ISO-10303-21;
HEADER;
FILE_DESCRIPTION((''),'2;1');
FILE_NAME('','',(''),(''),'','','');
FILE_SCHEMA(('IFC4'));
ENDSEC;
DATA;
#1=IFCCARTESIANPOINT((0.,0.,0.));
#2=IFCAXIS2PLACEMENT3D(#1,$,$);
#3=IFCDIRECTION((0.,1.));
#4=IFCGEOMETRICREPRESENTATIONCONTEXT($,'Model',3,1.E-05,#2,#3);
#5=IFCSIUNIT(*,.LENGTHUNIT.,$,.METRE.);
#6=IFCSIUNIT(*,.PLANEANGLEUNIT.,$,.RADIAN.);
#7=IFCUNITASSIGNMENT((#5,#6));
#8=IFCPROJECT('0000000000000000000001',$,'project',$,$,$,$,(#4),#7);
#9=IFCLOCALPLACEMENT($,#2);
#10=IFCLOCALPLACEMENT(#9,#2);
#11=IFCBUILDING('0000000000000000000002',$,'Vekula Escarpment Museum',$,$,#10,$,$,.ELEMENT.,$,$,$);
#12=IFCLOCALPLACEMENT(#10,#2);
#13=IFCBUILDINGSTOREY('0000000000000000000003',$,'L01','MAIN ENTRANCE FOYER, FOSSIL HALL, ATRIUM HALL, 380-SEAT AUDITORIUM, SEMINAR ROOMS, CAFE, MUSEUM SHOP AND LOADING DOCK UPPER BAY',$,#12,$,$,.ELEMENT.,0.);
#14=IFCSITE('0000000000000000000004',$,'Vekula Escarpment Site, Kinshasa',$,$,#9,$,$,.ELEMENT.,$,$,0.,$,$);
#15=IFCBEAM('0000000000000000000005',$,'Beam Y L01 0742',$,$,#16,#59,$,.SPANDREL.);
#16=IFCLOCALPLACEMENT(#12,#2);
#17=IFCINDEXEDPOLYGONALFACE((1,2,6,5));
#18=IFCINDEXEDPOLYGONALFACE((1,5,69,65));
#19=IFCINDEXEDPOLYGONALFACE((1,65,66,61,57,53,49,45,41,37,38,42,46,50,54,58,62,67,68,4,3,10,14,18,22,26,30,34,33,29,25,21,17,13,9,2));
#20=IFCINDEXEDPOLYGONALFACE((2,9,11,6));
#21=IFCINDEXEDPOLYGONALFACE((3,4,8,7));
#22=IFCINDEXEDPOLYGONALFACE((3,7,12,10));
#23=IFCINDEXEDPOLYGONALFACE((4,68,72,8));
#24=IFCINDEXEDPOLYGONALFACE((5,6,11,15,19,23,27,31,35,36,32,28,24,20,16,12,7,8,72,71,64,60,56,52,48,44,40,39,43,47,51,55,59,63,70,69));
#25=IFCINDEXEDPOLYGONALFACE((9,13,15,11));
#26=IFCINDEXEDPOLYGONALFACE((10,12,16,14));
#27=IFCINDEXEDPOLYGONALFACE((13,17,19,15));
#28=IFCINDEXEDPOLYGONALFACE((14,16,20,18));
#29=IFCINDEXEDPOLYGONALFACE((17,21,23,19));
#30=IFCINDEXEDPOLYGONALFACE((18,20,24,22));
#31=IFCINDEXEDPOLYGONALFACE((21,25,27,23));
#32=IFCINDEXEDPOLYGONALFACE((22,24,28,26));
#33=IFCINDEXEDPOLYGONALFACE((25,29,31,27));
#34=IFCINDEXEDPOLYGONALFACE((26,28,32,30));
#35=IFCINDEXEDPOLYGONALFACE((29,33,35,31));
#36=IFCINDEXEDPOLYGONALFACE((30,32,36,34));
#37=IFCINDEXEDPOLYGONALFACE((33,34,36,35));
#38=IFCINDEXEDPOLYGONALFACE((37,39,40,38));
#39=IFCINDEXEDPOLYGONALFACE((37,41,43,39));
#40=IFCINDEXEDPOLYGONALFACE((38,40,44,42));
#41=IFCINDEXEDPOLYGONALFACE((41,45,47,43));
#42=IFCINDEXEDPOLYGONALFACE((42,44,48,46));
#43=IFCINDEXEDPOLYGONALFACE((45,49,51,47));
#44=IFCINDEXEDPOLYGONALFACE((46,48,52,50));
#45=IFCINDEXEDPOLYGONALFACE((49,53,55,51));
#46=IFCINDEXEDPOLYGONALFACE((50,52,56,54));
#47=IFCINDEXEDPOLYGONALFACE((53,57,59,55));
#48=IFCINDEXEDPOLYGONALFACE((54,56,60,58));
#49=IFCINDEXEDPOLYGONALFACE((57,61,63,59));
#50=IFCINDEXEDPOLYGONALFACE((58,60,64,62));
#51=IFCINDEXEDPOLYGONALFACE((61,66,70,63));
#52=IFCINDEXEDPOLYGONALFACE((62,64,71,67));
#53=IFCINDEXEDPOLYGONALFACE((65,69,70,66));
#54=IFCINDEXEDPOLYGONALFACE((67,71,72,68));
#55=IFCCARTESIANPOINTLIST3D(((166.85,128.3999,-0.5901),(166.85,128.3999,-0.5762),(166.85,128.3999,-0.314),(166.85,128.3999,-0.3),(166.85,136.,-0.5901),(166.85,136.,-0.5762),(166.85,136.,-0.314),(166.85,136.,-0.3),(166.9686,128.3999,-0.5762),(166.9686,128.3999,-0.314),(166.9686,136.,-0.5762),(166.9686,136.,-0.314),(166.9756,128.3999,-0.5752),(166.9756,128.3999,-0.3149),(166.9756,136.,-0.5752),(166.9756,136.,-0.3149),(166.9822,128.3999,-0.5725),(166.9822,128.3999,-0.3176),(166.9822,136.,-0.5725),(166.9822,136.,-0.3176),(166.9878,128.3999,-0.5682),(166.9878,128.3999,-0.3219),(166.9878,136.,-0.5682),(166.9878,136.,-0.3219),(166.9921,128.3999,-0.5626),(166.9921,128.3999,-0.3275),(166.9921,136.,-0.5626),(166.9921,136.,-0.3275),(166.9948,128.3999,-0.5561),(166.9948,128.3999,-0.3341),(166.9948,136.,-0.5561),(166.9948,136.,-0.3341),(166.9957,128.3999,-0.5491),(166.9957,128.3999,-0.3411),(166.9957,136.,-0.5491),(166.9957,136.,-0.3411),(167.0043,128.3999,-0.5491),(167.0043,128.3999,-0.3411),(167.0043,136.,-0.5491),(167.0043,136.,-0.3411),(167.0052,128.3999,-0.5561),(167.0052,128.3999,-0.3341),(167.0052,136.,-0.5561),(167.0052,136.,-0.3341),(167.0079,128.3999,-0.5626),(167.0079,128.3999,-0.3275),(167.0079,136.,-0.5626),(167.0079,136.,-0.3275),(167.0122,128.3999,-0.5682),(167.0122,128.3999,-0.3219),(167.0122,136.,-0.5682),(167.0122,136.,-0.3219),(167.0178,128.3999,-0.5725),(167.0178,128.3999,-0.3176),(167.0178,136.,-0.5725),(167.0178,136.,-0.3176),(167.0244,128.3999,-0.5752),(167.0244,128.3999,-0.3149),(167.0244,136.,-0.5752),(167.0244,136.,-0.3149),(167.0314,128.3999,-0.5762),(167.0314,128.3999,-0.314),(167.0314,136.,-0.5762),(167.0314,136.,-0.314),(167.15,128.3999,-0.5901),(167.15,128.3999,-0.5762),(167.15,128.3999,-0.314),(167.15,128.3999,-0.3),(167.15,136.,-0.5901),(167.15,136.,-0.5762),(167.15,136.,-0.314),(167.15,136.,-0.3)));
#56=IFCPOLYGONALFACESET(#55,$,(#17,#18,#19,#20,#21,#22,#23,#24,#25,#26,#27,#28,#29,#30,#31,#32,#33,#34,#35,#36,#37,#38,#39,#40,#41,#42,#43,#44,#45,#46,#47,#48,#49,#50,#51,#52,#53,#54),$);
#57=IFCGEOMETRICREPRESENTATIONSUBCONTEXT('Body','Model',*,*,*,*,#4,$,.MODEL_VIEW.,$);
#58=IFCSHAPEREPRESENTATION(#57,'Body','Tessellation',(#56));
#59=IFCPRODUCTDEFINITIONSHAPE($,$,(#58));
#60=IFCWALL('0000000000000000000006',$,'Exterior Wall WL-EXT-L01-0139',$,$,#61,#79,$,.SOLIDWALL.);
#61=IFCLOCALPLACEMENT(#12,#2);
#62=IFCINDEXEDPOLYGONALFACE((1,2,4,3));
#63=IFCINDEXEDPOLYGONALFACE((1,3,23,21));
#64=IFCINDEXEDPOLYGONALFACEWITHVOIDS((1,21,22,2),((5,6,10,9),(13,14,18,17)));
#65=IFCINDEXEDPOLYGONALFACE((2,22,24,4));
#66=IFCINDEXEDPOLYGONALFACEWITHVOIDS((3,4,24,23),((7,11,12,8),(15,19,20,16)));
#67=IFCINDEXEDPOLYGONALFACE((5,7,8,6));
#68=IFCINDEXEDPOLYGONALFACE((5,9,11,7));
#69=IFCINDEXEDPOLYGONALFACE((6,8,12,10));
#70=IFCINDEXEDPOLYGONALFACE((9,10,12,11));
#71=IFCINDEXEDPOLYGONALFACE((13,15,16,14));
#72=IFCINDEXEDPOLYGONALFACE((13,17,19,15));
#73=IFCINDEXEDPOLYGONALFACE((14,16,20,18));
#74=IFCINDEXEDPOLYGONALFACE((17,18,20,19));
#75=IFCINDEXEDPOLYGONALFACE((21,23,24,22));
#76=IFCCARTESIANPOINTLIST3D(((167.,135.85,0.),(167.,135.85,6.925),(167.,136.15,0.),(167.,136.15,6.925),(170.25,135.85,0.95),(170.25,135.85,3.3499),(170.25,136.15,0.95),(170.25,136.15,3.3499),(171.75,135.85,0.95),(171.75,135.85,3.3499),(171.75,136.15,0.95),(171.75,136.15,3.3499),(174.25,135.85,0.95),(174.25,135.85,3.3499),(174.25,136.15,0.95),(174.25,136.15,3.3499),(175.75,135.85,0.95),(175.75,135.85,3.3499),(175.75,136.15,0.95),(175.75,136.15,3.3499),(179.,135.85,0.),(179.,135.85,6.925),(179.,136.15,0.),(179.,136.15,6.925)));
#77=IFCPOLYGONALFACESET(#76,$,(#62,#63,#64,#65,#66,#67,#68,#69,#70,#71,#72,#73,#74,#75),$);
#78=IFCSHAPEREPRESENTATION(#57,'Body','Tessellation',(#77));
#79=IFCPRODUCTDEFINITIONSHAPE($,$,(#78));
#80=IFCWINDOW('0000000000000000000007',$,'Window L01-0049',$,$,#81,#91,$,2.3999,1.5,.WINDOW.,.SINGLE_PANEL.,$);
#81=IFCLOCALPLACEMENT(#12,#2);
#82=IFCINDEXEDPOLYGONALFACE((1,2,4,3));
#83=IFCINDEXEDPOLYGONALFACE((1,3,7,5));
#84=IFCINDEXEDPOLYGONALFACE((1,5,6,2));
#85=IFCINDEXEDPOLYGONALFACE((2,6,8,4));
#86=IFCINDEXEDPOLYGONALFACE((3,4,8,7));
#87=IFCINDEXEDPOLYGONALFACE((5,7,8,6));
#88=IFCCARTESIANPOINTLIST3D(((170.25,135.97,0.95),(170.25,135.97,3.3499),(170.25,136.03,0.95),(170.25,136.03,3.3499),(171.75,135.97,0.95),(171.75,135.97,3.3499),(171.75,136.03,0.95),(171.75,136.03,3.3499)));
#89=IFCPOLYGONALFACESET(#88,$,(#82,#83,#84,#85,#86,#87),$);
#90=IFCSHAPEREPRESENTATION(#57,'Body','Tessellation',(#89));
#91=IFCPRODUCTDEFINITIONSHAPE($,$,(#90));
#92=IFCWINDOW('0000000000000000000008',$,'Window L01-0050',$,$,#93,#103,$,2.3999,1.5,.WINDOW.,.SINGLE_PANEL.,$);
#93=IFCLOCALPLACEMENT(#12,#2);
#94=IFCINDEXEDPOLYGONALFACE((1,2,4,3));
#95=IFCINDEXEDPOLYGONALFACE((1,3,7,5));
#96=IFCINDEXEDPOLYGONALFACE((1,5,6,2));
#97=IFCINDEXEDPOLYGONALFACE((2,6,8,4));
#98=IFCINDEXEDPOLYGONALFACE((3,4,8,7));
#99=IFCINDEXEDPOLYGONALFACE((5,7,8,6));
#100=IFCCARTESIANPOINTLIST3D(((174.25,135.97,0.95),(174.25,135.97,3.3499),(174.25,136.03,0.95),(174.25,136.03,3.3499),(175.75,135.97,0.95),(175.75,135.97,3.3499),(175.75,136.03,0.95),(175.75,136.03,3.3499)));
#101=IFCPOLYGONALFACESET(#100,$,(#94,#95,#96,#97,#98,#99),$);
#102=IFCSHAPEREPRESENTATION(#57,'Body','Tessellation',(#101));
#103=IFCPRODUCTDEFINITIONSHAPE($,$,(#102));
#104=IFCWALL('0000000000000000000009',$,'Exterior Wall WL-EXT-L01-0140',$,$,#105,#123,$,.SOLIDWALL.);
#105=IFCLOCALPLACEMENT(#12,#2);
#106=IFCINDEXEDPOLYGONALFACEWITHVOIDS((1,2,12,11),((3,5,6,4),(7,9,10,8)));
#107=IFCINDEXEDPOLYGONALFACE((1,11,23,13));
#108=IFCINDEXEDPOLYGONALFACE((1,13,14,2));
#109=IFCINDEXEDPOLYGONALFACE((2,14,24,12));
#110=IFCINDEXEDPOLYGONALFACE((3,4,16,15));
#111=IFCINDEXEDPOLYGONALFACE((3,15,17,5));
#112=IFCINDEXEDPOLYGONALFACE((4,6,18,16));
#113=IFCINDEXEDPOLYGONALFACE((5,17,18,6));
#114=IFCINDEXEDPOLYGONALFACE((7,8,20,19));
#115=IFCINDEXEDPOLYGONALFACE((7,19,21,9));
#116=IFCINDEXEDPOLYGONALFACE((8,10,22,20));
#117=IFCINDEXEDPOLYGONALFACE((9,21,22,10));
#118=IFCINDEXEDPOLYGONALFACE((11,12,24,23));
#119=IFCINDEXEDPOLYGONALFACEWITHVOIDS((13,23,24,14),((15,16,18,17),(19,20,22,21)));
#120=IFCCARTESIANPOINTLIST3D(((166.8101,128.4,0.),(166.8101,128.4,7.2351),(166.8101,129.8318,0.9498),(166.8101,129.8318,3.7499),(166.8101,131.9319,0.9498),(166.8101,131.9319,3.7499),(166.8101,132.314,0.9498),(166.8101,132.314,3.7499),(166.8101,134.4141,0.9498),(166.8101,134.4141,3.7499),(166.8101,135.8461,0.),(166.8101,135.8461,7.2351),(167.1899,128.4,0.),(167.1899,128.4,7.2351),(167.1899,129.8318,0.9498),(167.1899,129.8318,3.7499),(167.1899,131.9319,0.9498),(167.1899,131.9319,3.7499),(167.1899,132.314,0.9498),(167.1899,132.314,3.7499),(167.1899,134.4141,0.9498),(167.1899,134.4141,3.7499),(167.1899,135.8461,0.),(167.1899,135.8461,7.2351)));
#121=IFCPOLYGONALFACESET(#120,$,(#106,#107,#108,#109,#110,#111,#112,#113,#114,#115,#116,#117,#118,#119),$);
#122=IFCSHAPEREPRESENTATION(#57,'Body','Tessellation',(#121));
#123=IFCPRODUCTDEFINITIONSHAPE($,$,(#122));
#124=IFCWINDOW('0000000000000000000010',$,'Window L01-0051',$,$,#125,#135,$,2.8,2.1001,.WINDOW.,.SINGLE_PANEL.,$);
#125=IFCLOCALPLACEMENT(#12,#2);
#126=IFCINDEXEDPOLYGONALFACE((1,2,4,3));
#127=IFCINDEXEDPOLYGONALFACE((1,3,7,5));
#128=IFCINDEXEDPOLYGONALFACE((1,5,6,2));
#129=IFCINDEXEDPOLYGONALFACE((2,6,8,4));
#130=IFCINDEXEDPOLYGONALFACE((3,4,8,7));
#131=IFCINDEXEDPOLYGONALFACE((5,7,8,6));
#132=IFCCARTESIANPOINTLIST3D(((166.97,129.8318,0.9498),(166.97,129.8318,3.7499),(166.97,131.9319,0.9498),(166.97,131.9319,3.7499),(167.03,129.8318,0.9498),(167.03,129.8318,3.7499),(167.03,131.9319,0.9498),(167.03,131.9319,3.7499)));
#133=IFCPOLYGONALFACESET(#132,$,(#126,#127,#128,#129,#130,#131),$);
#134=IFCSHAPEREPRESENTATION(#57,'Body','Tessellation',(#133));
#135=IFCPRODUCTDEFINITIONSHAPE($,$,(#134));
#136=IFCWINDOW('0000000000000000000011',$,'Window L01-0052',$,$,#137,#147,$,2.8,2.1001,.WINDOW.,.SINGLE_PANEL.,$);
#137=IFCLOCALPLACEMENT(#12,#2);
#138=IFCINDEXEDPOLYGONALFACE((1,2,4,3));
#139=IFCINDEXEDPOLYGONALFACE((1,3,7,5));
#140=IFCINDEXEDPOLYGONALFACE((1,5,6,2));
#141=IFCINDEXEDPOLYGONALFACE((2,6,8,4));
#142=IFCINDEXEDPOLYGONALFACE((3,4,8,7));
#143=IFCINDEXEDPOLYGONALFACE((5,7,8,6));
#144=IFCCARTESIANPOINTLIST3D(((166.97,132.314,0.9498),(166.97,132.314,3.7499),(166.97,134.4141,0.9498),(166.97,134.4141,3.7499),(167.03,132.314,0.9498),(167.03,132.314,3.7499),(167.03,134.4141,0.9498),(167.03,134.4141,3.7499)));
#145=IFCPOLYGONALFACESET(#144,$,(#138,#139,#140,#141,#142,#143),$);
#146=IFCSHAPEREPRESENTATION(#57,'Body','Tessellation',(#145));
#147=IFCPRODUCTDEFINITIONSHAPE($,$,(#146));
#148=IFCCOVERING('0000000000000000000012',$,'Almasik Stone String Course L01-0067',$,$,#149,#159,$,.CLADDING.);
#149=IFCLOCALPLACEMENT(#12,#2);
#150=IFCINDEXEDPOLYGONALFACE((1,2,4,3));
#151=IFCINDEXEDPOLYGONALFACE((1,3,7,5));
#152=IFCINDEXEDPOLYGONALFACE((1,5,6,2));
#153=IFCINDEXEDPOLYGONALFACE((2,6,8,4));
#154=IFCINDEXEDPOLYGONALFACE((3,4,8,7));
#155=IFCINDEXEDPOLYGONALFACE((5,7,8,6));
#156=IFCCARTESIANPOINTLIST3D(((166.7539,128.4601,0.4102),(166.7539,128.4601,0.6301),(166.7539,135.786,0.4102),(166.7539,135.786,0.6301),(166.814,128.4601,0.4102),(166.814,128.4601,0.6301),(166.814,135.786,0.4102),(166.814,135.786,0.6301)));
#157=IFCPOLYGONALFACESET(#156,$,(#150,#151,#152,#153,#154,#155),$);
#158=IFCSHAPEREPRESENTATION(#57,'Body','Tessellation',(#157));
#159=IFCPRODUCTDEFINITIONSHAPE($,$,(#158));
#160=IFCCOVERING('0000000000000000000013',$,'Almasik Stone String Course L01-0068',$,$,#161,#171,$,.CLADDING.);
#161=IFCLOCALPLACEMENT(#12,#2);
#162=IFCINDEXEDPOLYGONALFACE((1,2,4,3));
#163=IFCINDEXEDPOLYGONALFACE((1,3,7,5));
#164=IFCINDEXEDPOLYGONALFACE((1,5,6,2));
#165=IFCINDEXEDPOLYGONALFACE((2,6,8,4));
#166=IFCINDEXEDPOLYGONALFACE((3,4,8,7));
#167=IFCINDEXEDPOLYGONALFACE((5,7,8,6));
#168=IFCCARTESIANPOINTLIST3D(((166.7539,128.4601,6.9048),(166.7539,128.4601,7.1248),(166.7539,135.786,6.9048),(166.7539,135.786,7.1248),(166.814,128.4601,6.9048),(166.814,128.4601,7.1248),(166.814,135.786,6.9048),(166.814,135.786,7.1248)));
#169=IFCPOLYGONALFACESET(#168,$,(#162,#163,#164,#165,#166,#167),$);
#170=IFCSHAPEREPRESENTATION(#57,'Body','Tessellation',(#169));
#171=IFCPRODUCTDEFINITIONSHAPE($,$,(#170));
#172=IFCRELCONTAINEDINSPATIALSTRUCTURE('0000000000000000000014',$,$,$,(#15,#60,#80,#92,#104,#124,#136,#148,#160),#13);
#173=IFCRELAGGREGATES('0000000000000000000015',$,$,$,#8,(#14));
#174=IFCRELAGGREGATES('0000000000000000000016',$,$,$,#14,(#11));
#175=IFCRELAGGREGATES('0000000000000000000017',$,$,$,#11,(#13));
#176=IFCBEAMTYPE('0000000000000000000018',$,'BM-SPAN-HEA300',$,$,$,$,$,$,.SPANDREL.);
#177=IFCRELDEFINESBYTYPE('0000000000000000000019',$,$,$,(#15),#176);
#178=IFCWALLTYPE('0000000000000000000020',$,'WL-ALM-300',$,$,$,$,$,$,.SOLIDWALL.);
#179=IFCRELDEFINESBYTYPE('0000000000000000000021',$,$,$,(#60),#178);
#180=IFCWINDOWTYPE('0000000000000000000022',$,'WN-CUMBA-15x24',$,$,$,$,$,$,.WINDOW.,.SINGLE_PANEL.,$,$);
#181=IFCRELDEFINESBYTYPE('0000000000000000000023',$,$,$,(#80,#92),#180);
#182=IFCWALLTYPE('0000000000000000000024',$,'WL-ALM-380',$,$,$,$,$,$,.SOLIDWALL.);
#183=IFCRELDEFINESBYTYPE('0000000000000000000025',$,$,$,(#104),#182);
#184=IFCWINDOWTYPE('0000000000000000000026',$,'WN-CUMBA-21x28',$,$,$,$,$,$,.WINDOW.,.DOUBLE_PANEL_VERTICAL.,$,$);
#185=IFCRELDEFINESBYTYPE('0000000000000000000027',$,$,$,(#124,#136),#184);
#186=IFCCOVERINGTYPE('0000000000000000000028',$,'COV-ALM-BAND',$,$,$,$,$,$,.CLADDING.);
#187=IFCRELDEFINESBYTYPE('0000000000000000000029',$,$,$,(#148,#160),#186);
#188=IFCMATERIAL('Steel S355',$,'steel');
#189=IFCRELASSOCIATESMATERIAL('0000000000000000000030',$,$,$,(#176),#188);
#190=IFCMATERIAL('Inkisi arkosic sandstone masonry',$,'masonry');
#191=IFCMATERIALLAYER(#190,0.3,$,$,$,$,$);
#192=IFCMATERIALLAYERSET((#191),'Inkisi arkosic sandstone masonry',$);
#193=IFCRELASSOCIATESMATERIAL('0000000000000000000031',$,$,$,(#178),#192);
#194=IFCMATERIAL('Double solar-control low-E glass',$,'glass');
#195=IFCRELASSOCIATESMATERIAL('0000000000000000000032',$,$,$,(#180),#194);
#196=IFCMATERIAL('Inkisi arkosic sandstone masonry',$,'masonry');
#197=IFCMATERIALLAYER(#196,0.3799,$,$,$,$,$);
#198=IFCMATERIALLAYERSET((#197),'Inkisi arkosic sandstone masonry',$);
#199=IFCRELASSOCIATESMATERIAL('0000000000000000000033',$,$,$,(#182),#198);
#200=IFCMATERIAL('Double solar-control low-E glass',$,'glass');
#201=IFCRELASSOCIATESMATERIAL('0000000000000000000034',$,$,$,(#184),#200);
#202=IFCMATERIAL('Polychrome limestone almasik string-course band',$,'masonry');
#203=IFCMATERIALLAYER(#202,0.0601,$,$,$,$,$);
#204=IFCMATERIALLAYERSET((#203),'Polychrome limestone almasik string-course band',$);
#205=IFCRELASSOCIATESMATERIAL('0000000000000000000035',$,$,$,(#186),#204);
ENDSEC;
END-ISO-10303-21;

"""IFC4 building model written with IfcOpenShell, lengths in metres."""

from ifc_helpers import new_model, si_unit, direction, frame, frame_2d, origin, origin_2d, place, context, subcontext, project, spatial, rectangle, i_section, extrude, material, layer, layer_set, material_profile, profile_set, type_object, element, fill, save


model = new_model("IFC4")

# Units and contexts
model_context = context("Model", 3, precision=1e-05, world=origin(), true_north=direction((0.0, 1.0)))
body_context = subcontext(model_context, "Body", "Model", "MODEL_VIEW")
ifc_project = project(units=[si_unit("LENGTHUNIT", "METRE"), si_unit("PLANEANGLEUNIT", "RADIAN")], contexts=[model_context])

# Site, building, storey
site_placement = place(None, origin())
site = spatial("IfcSite", under=ifc_project, at=site_placement, Name="Vekula Escarpment Site, Kinshasa", CompositionType="ELEMENT", RefElevation=0.0)
building_placement = place(site_placement, origin())
building = spatial("IfcBuilding", under=site, at=building_placement, Name="Vekula Escarpment Museum", CompositionType="ELEMENT")
storey_placement = place(building_placement, origin())
storey = spatial("IfcBuildingStorey", under=building, at=storey_placement, Name="L01", Description="MAIN ENTRANCE FOYER, FOSSIL HALL, ATRIUM HALL, 380-SEAT AUDITORIUM, SEMINAR ROOMS, CAFE, MUSEUM SHOP AND LOADING DOCK UPPER BAY", CompositionType="ELEMENT", Elevation=0.0)

# Beam
ifc_material_1 = material(Name="Steel S355", Category="steel")
ifc_material_profile_1 = material_profile(ifc_material_1, i_section(OverallWidth=0.3, OverallDepth=0.29, WebThickness=0.0085, FlangeThickness=0.0139, FilletRadius=0.0271, at=origin_2d()), Name="HEA 300")
ifc_profile_set_1 = profile_set([ifc_material_profile_1], Name="Steel S355")
beam_type_1 = type_object("IfcBeamType", Name="BM-SPAN-HEA300", PredefinedType="SPANDREL", material=ifc_profile_set_1)
beam_1_placement = place(storey_placement, frame((167.0, 128.3999, -0.4451), z_axis=(0.0, 1.0, 0.0), x_axis=(-1.0, 0.0, 0.0)))
element("IfcBeam", 1, at=beam_1_placement, inside=storey, type_object=beam_type_1, Name="Beam Y L01 0742", PredefinedType="SPANDREL", context=body_context, shape_type="SweptSolid", body=[
    extrude(i_section(OverallWidth=0.3, OverallDepth=0.29, WebThickness=0.0085, FlangeThickness=0.0139, FilletRadius=0.0271, at=origin_2d()), origin(), (0.0, 0.0, 1.0), 7.6001),
])

# Walls, openings, windows
ifc_material_2 = material(Name="Inkisi arkosic sandstone masonry", Category="masonry")
ifc_layer_1 = layer(ifc_material_2, 0.3)
ifc_layer_set_1 = layer_set([ifc_layer_1], Name="Inkisi arkosic sandstone masonry")
wall_type_1 = type_object("IfcWallType", Name="WL-ALM-300", PredefinedType="SOLIDWALL", material=ifc_layer_set_1)
wall_1_placement = place(storey_placement, frame((167.0, 136.0, 0.0), z_axis=(0.0, 0.0, 1.0), x_axis=(1.0, 0.0, 0.0)))
wall_1 = element("IfcWall", 2, at=wall_1_placement, inside=storey, type_object=wall_type_1, Name="Exterior Wall WL-EXT-L01-0139", PredefinedType="SOLIDWALL", context=body_context, shape_type="SweptSolid", body=[
    extrude(rectangle(XDim=12.0, YDim=0.3, at=frame_2d((6.0, 0.0))), origin(), (0.0, 0.0, 1.0), 6.925),
])
opening_1_placement = place(wall_1_placement, frame((3.25, 0.0, 0.95)))
opening_1 = element("IfcOpeningElement", 3, at=opening_1_placement, cuts=wall_1, PredefinedType="OPENING", context=body_context, shape_type="SweptSolid", body=[
    extrude(rectangle(XDim=1.5, YDim=2.3999, at=frame_2d((0.75, 1.2))), frame((0.0, 0.1599, 0.0), z_axis=(0.0, -1.0, 0.0), x_axis=(1.0, 0.0, 0.0)), (0.0, 0.0, 1.0), 0.3201),
])
opening_2_placement = place(wall_1_placement, frame((7.25, 0.0, 0.95)))
opening_2 = element("IfcOpeningElement", 4, at=opening_2_placement, cuts=wall_1, PredefinedType="OPENING", context=body_context, shape_type="SweptSolid", body=[
    extrude(rectangle(XDim=1.5, YDim=2.3999, at=frame_2d((0.75, 1.2))), frame((0.0, 0.1599, 0.0), z_axis=(0.0, -1.0, 0.0), x_axis=(1.0, 0.0, 0.0)), (0.0, 0.0, 1.0), 0.3201),
])
ifc_material_3 = material(Name="Double solar-control low-E glass", Category="glass")
window_type_1 = type_object("IfcWindowType", Name="WN-CUMBA-15x24", PartitioningType="SINGLE_PANEL", PredefinedType="WINDOW", material=ifc_material_3)
window_1_placement = place(opening_1_placement, origin())
window_1 = element("IfcWindow", 5, at=window_1_placement, inside=storey, type_object=window_type_1, Name="Window L01-0049", OverallHeight=2.3999, OverallWidth=1.5, PartitioningType="SINGLE_PANEL", PredefinedType="WINDOW", context=body_context, shape_type="SweptSolid", body=[
    extrude(rectangle(XDim=1.5, YDim=2.3999, at=frame_2d((0.75, 1.2))), frame((0.0, 0.03, 0.0), z_axis=(0.0, -1.0, 0.0), x_axis=(1.0, 0.0, 0.0)), (0.0, 0.0, 1.0), 0.0601),
])
fill(opening_1, window_1)
window_2_placement = place(opening_2_placement, origin())
window_2 = element("IfcWindow", 6, at=window_2_placement, inside=storey, type_object=window_type_1, Name="Window L01-0050", OverallHeight=2.3999, OverallWidth=1.5, PartitioningType="SINGLE_PANEL", PredefinedType="WINDOW", context=body_context, shape_type="SweptSolid", body=[
    extrude(rectangle(XDim=1.5, YDim=2.3999, at=frame_2d((0.75, 1.2))), frame((0.0, 0.03, 0.0), z_axis=(0.0, -1.0, 0.0), x_axis=(1.0, 0.0, 0.0)), (0.0, 0.0, 1.0), 0.0601),
])
fill(opening_2, window_2)
ifc_material_4 = material(Name="Inkisi arkosic sandstone masonry", Category="masonry")
ifc_layer_2 = layer(ifc_material_4, 0.3799)
ifc_layer_set_2 = layer_set([ifc_layer_2], Name="Inkisi arkosic sandstone masonry")
wall_type_2 = type_object("IfcWallType", Name="WL-ALM-380", PredefinedType="SOLIDWALL", material=ifc_layer_set_2)
wall_2_placement = place(storey_placement, frame((167.0, 128.3999, 0.0), z_axis=(0.0, 0.0, 1.0), x_axis=(0.0, 1.0, 0.0)))
wall_2 = element("IfcWall", 7, at=wall_2_placement, inside=storey, type_object=wall_type_2, Name="Exterior Wall WL-EXT-L01-0140", PredefinedType="SOLIDWALL", context=body_context, shape_type="SweptSolid", body=[
    extrude(rectangle(XDim=7.446, YDim=0.3799, at=frame_2d((3.7231, 0.0))), origin(), (0.0, 0.0, 1.0), 7.2351),
])
opening_3_placement = place(wall_2_placement, frame((1.4319, 0.0, 0.95)))
opening_3 = element("IfcOpeningElement", 8, at=opening_3_placement, cuts=wall_2, PredefinedType="OPENING", context=body_context, shape_type="SweptSolid", body=[
    extrude(rectangle(XDim=2.1001, YDim=2.8, at=frame_2d((1.05, 1.3999))), frame((0.0, 0.2, 0.0), z_axis=(0.0, -1.0, 0.0), x_axis=(1.0, 0.0, 0.0)), (0.0, 0.0, 1.0), 0.3999),
])
opening_4_placement = place(wall_2_placement, frame((3.9141, 0.0, 0.95)))
opening_4 = element("IfcOpeningElement", 9, at=opening_4_placement, cuts=wall_2, PredefinedType="OPENING", context=body_context, shape_type="SweptSolid", body=[
    extrude(rectangle(XDim=2.1001, YDim=2.8, at=frame_2d((1.05, 1.3999))), frame((0.0, 0.2, 0.0), z_axis=(0.0, -1.0, 0.0), x_axis=(1.0, 0.0, 0.0)), (0.0, 0.0, 1.0), 0.3999),
])
ifc_material_5 = material(Name="Double solar-control low-E glass", Category="glass")
window_type_2 = type_object("IfcWindowType", Name="WN-CUMBA-21x28", PartitioningType="DOUBLE_PANEL_VERTICAL", PredefinedType="WINDOW", material=ifc_material_5)
window_3_placement = place(opening_3_placement, origin())
window_3 = element("IfcWindow", 10, at=window_3_placement, inside=storey, type_object=window_type_2, Name="Window L01-0051", OverallHeight=2.8, OverallWidth=2.1001, PartitioningType="SINGLE_PANEL", PredefinedType="WINDOW", context=body_context, shape_type="SweptSolid", body=[
    extrude(rectangle(XDim=2.1001, YDim=2.8, at=frame_2d((1.05, 1.3999))), frame((0.0, 0.03, 0.0), z_axis=(0.0, -1.0, 0.0), x_axis=(1.0, 0.0, 0.0)), (0.0, 0.0, 1.0), 0.0601),
])
fill(opening_3, window_3)
window_4_placement = place(opening_4_placement, origin())
window_4 = element("IfcWindow", 11, at=window_4_placement, inside=storey, type_object=window_type_2, Name="Window L01-0052", OverallHeight=2.8, OverallWidth=2.1001, PartitioningType="SINGLE_PANEL", PredefinedType="WINDOW", context=body_context, shape_type="SweptSolid", body=[
    extrude(rectangle(XDim=2.1001, YDim=2.8, at=frame_2d((1.05, 1.3999))), frame((0.0, 0.03, 0.0), z_axis=(0.0, -1.0, 0.0), x_axis=(1.0, 0.0, 0.0)), (0.0, 0.0, 1.0), 0.0601),
])
fill(opening_4, window_4)

# Coverings
ifc_material_6 = material(Name="Polychrome limestone almasik string-course band", Category="masonry")
ifc_layer_3 = layer(ifc_material_6, 0.0601)
ifc_layer_set_3 = layer_set([ifc_layer_3], Name="Polychrome limestone almasik string-course band")
covering_type = type_object("IfcCoveringType", Name="COV-ALM-BAND", PredefinedType="CLADDING", material=ifc_layer_set_3)
for number, where, z_axis, x_axis, name in (
    (12, (166.7839, 132.123, 0.4102), (0.0, 0.0, 1.0), (0.0, 1.0, 0.0), "Almasik Stone String Course L01-0067"),
    (13, (166.7839, 132.123, 6.9048), (0.0, 0.0, 1.0), (0.0, 1.0, 0.0), "Almasik Stone String Course L01-0068"),
):
    element("IfcCovering", number, at=place(storey_placement, frame(where, z_axis=z_axis, x_axis=x_axis)), inside=storey, type_object=covering_type, Name=name, PredefinedType="CLADDING", context=body_context, shape_type="SweptSolid", body=[
        extrude(rectangle(XDim=7.3259, YDim=0.0601, at=origin_2d()), origin(), (0.0, 0.0, 1.0), 0.22),
    ])

save(model, "model.ifc")
